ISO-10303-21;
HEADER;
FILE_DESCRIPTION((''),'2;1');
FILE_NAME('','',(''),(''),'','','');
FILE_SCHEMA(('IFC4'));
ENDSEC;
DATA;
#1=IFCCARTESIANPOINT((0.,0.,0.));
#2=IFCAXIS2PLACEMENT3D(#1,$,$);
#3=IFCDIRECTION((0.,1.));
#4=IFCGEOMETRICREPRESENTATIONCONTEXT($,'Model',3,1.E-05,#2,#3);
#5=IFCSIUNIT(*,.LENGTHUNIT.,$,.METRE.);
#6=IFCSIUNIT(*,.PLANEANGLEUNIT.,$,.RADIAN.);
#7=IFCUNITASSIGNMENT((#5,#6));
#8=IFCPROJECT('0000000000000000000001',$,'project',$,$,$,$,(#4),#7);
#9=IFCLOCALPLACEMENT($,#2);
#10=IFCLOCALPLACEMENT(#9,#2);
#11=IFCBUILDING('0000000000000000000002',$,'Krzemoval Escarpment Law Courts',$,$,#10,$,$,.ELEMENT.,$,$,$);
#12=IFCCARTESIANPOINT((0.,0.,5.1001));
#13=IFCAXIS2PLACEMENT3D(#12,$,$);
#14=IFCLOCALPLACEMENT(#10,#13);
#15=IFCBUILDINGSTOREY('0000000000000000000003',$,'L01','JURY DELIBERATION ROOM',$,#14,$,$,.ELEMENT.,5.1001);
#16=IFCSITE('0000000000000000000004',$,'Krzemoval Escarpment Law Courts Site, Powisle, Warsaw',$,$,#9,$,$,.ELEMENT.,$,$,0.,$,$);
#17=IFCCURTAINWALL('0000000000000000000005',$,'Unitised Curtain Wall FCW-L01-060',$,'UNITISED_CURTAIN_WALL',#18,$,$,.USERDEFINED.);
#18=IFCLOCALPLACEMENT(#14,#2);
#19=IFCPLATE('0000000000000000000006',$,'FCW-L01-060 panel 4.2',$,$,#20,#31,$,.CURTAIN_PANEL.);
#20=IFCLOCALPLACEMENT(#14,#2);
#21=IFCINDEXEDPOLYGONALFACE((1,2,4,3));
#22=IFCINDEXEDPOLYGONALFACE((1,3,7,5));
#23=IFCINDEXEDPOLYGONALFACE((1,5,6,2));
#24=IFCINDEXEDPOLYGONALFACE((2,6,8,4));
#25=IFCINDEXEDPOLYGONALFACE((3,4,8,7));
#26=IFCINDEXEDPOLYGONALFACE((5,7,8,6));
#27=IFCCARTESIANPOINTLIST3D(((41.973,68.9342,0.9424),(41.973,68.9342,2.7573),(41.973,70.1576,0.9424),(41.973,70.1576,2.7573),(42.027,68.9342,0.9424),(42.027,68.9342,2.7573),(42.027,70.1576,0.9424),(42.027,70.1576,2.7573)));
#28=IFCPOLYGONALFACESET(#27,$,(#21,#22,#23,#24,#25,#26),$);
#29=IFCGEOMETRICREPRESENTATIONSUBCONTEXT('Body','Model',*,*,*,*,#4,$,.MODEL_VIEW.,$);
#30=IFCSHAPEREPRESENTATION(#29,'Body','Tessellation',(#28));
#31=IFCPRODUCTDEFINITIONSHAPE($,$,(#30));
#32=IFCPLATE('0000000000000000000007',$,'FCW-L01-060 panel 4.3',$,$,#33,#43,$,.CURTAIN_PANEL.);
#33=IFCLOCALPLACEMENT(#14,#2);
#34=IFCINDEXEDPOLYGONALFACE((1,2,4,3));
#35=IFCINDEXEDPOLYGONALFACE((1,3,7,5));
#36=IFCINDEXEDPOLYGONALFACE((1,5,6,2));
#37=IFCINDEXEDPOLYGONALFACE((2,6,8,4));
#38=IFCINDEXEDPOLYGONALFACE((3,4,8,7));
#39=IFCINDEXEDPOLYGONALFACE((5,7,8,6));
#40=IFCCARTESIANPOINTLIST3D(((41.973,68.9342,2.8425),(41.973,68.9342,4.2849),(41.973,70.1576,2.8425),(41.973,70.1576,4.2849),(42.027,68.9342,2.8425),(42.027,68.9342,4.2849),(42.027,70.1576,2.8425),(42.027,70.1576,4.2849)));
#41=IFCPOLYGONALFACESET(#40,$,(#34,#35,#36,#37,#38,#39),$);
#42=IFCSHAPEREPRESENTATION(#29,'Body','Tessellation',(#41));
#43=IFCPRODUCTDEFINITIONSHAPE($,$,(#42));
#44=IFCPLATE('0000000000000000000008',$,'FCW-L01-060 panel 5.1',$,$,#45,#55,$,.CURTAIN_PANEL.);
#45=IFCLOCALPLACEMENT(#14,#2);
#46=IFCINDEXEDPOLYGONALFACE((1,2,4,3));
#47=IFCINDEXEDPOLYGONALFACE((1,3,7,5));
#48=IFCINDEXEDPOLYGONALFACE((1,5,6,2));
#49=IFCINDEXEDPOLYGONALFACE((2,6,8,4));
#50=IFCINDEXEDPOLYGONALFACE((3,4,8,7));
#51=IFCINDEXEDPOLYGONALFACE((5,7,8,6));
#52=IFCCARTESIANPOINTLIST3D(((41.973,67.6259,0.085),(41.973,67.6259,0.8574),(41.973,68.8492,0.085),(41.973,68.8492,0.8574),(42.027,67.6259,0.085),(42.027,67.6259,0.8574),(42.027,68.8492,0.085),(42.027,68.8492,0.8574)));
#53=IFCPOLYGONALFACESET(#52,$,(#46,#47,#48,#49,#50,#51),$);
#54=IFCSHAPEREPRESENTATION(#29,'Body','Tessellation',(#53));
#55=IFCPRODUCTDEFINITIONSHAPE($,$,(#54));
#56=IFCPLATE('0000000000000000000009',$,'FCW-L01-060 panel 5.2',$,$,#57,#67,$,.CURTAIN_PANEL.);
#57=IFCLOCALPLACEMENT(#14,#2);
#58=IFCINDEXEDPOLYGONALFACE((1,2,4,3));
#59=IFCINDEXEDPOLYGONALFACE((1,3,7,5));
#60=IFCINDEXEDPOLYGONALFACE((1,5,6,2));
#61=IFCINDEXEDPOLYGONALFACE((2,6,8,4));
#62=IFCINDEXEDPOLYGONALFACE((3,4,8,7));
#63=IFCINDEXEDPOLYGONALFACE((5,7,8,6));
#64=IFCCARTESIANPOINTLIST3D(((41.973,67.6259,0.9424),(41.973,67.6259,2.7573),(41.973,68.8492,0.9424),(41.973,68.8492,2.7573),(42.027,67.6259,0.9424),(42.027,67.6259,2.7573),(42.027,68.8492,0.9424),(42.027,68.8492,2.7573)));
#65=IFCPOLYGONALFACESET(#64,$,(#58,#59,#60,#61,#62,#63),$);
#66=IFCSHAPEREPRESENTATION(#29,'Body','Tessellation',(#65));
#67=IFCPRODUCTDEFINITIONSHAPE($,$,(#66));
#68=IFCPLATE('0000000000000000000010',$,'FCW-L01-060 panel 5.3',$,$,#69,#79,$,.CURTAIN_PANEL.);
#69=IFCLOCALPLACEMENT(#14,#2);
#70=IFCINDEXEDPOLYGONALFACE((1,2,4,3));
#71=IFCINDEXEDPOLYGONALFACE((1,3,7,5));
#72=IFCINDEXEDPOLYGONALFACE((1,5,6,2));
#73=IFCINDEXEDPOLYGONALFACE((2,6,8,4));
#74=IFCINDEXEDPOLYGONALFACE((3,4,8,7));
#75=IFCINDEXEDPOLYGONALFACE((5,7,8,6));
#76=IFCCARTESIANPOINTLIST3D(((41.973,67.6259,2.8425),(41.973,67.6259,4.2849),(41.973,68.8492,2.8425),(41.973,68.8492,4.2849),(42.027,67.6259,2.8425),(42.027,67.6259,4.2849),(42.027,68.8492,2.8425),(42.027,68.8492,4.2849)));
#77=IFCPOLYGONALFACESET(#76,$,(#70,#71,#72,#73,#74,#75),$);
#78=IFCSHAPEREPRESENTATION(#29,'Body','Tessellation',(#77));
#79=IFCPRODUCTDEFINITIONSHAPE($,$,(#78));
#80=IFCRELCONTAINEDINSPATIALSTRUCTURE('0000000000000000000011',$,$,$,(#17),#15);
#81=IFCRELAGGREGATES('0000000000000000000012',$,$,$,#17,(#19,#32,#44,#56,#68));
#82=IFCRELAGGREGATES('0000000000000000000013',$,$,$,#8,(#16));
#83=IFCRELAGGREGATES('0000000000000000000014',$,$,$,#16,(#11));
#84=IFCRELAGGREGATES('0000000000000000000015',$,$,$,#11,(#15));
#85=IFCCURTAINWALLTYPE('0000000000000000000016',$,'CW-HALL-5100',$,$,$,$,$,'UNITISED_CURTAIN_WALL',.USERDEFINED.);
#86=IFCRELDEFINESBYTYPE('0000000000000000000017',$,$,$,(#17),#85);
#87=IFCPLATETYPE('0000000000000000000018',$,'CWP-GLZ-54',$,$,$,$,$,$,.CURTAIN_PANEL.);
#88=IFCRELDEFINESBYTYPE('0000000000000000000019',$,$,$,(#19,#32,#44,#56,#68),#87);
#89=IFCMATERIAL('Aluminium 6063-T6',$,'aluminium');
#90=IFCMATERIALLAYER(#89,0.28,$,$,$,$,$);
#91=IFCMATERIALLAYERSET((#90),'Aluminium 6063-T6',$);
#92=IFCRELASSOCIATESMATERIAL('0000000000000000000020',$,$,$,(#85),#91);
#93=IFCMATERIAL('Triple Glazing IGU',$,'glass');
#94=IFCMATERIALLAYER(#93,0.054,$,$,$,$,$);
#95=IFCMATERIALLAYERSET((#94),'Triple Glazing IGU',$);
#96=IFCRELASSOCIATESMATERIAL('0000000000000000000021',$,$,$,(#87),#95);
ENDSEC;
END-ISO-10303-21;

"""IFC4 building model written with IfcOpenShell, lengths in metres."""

from ifc_helpers import new_model, si_unit, direction, frame, origin, origin_2d, place, context, subcontext, project, spatial, rectangle, extrude, material, layer, layer_set, type_object, element, aggregate, save


model = new_model("IFC4")

# Units and contexts
model_context = context("Model", 3, precision=1e-05, world=origin(), true_north=direction((0.0, 1.0)))
body_context = subcontext(model_context, "Body", "Model", "MODEL_VIEW")
ifc_project = project(units=[si_unit("LENGTHUNIT", "METRE"), si_unit("PLANEANGLEUNIT", "RADIAN")], contexts=[model_context])

# Site, building, storey
site_placement = place(None, origin())
site = spatial("IfcSite", under=ifc_project, at=site_placement, Name="Krzemoval Escarpment Law Courts Site, Powisle, Warsaw", CompositionType="ELEMENT", RefElevation=0.0)
building_placement = place(site_placement, origin())
building = spatial("IfcBuilding", under=site, at=building_placement, Name="Krzemoval Escarpment Law Courts", CompositionType="ELEMENT")
storey_placement = place(building_placement, frame((0.0, 0.0, 5.1001)))
storey = spatial("IfcBuildingStorey", under=building, at=storey_placement, Name="L01", Description="JURY DELIBERATION ROOM", CompositionType="ELEMENT", Elevation=5.1001)

# Curtain wall
ifc_material_1 = material(Name="Aluminium 6063-T6", Category="aluminium")
ifc_layer_1 = layer(ifc_material_1, 0.28)
ifc_layer_set_1 = layer_set([ifc_layer_1], Name="Aluminium 6063-T6")
curtain_wall_type = type_object("IfcCurtainWallType", Name="CW-HALL-5100", ElementType="UNITISED_CURTAIN_WALL", PredefinedType="USERDEFINED", material=ifc_layer_set_1)
curtain_wall_placement = place(storey_placement, origin())
curtain_wall = element("IfcCurtainWall", 1, at=curtain_wall_placement, inside=storey, type_object=curtain_wall_type, Name="Unitised Curtain Wall FCW-L01-060", ObjectType="UNITISED_CURTAIN_WALL", PredefinedType="USERDEFINED")

# Plates
ifc_material_2 = material(Name="Triple Glazing IGU", Category="glass")
ifc_layer_2 = layer(ifc_material_2, 0.054)
ifc_layer_set_2 = layer_set([ifc_layer_2], Name="Triple Glazing IGU")
plate_type = type_object("IfcPlateType", Name="CWP-GLZ-54", PredefinedType="CURTAIN_PANEL", material=ifc_layer_set_2)
plate_1_placement = place(storey_placement, frame((42.0, 69.5459, 0.9424), z_axis=(0.0, 0.0, 1.0), x_axis=(0.0, -1.0, 0.0)))
plate_1 = element("IfcPlate", 2, at=plate_1_placement, type_object=plate_type, Name="FCW-L01-060 panel 4.2", PredefinedType="CURTAIN_PANEL", context=body_context, shape_type="SweptSolid", body=[
    extrude(rectangle(XDim=1.2234, YDim=0.054, at=origin_2d()), origin(), (0.0, 0.0, 1.0), 1.8149),
])
plate_2_placement = place(storey_placement, frame((42.0, 69.5459, 2.8425), z_axis=(0.0, 0.0, 1.0), x_axis=(0.0, -1.0, 0.0)))
plate_2 = element("IfcPlate", 3, at=plate_2_placement, type_object=plate_type, Name="FCW-L01-060 panel 4.3", PredefinedType="CURTAIN_PANEL", context=body_context, shape_type="SweptSolid", body=[
    extrude(rectangle(XDim=1.2234, YDim=0.054, at=origin_2d()), origin(), (0.0, 0.0, 1.0), 1.4424),
])
plate_3_placement = place(storey_placement, frame((42.0, 68.2375, 0.085), z_axis=(0.0, 0.0, 1.0), x_axis=(0.0, -1.0, 0.0)))
plate_3 = element("IfcPlate", 4, at=plate_3_placement, type_object=plate_type, Name="FCW-L01-060 panel 5.1", PredefinedType="CURTAIN_PANEL", context=body_context, shape_type="SweptSolid", body=[
    extrude(rectangle(XDim=1.2234, YDim=0.054, at=origin_2d()), origin(), (0.0, 0.0, 1.0), 0.7725),
])
plate_4_placement = place(storey_placement, frame((42.0, 68.2375, 0.9424), z_axis=(0.0, 0.0, 1.0), x_axis=(0.0, -1.0, 0.0)))
plate_4 = element("IfcPlate", 5, at=plate_4_placement, type_object=plate_type, Name="FCW-L01-060 panel 5.2", PredefinedType="CURTAIN_PANEL", context=body_context, shape_type="SweptSolid", body=[
    extrude(rectangle(XDim=1.2234, YDim=0.054, at=origin_2d()), origin(), (0.0, 0.0, 1.0), 1.8149),
])
plate_5_placement = place(storey_placement, frame((42.0, 68.2375, 2.8425), z_axis=(0.0, 0.0, 1.0), x_axis=(0.0, -1.0, 0.0)))
plate_5 = element("IfcPlate", 6, at=plate_5_placement, type_object=plate_type, Name="FCW-L01-060 panel 5.3", PredefinedType="CURTAIN_PANEL", context=body_context, shape_type="SweptSolid", body=[
    extrude(rectangle(XDim=1.2234, YDim=0.054, at=origin_2d()), origin(), (0.0, 0.0, 1.0), 1.4424),
])
aggregate(curtain_wall, [plate_1, plate_2, plate_3, plate_4, plate_5])

save(model, "model.ifc")
